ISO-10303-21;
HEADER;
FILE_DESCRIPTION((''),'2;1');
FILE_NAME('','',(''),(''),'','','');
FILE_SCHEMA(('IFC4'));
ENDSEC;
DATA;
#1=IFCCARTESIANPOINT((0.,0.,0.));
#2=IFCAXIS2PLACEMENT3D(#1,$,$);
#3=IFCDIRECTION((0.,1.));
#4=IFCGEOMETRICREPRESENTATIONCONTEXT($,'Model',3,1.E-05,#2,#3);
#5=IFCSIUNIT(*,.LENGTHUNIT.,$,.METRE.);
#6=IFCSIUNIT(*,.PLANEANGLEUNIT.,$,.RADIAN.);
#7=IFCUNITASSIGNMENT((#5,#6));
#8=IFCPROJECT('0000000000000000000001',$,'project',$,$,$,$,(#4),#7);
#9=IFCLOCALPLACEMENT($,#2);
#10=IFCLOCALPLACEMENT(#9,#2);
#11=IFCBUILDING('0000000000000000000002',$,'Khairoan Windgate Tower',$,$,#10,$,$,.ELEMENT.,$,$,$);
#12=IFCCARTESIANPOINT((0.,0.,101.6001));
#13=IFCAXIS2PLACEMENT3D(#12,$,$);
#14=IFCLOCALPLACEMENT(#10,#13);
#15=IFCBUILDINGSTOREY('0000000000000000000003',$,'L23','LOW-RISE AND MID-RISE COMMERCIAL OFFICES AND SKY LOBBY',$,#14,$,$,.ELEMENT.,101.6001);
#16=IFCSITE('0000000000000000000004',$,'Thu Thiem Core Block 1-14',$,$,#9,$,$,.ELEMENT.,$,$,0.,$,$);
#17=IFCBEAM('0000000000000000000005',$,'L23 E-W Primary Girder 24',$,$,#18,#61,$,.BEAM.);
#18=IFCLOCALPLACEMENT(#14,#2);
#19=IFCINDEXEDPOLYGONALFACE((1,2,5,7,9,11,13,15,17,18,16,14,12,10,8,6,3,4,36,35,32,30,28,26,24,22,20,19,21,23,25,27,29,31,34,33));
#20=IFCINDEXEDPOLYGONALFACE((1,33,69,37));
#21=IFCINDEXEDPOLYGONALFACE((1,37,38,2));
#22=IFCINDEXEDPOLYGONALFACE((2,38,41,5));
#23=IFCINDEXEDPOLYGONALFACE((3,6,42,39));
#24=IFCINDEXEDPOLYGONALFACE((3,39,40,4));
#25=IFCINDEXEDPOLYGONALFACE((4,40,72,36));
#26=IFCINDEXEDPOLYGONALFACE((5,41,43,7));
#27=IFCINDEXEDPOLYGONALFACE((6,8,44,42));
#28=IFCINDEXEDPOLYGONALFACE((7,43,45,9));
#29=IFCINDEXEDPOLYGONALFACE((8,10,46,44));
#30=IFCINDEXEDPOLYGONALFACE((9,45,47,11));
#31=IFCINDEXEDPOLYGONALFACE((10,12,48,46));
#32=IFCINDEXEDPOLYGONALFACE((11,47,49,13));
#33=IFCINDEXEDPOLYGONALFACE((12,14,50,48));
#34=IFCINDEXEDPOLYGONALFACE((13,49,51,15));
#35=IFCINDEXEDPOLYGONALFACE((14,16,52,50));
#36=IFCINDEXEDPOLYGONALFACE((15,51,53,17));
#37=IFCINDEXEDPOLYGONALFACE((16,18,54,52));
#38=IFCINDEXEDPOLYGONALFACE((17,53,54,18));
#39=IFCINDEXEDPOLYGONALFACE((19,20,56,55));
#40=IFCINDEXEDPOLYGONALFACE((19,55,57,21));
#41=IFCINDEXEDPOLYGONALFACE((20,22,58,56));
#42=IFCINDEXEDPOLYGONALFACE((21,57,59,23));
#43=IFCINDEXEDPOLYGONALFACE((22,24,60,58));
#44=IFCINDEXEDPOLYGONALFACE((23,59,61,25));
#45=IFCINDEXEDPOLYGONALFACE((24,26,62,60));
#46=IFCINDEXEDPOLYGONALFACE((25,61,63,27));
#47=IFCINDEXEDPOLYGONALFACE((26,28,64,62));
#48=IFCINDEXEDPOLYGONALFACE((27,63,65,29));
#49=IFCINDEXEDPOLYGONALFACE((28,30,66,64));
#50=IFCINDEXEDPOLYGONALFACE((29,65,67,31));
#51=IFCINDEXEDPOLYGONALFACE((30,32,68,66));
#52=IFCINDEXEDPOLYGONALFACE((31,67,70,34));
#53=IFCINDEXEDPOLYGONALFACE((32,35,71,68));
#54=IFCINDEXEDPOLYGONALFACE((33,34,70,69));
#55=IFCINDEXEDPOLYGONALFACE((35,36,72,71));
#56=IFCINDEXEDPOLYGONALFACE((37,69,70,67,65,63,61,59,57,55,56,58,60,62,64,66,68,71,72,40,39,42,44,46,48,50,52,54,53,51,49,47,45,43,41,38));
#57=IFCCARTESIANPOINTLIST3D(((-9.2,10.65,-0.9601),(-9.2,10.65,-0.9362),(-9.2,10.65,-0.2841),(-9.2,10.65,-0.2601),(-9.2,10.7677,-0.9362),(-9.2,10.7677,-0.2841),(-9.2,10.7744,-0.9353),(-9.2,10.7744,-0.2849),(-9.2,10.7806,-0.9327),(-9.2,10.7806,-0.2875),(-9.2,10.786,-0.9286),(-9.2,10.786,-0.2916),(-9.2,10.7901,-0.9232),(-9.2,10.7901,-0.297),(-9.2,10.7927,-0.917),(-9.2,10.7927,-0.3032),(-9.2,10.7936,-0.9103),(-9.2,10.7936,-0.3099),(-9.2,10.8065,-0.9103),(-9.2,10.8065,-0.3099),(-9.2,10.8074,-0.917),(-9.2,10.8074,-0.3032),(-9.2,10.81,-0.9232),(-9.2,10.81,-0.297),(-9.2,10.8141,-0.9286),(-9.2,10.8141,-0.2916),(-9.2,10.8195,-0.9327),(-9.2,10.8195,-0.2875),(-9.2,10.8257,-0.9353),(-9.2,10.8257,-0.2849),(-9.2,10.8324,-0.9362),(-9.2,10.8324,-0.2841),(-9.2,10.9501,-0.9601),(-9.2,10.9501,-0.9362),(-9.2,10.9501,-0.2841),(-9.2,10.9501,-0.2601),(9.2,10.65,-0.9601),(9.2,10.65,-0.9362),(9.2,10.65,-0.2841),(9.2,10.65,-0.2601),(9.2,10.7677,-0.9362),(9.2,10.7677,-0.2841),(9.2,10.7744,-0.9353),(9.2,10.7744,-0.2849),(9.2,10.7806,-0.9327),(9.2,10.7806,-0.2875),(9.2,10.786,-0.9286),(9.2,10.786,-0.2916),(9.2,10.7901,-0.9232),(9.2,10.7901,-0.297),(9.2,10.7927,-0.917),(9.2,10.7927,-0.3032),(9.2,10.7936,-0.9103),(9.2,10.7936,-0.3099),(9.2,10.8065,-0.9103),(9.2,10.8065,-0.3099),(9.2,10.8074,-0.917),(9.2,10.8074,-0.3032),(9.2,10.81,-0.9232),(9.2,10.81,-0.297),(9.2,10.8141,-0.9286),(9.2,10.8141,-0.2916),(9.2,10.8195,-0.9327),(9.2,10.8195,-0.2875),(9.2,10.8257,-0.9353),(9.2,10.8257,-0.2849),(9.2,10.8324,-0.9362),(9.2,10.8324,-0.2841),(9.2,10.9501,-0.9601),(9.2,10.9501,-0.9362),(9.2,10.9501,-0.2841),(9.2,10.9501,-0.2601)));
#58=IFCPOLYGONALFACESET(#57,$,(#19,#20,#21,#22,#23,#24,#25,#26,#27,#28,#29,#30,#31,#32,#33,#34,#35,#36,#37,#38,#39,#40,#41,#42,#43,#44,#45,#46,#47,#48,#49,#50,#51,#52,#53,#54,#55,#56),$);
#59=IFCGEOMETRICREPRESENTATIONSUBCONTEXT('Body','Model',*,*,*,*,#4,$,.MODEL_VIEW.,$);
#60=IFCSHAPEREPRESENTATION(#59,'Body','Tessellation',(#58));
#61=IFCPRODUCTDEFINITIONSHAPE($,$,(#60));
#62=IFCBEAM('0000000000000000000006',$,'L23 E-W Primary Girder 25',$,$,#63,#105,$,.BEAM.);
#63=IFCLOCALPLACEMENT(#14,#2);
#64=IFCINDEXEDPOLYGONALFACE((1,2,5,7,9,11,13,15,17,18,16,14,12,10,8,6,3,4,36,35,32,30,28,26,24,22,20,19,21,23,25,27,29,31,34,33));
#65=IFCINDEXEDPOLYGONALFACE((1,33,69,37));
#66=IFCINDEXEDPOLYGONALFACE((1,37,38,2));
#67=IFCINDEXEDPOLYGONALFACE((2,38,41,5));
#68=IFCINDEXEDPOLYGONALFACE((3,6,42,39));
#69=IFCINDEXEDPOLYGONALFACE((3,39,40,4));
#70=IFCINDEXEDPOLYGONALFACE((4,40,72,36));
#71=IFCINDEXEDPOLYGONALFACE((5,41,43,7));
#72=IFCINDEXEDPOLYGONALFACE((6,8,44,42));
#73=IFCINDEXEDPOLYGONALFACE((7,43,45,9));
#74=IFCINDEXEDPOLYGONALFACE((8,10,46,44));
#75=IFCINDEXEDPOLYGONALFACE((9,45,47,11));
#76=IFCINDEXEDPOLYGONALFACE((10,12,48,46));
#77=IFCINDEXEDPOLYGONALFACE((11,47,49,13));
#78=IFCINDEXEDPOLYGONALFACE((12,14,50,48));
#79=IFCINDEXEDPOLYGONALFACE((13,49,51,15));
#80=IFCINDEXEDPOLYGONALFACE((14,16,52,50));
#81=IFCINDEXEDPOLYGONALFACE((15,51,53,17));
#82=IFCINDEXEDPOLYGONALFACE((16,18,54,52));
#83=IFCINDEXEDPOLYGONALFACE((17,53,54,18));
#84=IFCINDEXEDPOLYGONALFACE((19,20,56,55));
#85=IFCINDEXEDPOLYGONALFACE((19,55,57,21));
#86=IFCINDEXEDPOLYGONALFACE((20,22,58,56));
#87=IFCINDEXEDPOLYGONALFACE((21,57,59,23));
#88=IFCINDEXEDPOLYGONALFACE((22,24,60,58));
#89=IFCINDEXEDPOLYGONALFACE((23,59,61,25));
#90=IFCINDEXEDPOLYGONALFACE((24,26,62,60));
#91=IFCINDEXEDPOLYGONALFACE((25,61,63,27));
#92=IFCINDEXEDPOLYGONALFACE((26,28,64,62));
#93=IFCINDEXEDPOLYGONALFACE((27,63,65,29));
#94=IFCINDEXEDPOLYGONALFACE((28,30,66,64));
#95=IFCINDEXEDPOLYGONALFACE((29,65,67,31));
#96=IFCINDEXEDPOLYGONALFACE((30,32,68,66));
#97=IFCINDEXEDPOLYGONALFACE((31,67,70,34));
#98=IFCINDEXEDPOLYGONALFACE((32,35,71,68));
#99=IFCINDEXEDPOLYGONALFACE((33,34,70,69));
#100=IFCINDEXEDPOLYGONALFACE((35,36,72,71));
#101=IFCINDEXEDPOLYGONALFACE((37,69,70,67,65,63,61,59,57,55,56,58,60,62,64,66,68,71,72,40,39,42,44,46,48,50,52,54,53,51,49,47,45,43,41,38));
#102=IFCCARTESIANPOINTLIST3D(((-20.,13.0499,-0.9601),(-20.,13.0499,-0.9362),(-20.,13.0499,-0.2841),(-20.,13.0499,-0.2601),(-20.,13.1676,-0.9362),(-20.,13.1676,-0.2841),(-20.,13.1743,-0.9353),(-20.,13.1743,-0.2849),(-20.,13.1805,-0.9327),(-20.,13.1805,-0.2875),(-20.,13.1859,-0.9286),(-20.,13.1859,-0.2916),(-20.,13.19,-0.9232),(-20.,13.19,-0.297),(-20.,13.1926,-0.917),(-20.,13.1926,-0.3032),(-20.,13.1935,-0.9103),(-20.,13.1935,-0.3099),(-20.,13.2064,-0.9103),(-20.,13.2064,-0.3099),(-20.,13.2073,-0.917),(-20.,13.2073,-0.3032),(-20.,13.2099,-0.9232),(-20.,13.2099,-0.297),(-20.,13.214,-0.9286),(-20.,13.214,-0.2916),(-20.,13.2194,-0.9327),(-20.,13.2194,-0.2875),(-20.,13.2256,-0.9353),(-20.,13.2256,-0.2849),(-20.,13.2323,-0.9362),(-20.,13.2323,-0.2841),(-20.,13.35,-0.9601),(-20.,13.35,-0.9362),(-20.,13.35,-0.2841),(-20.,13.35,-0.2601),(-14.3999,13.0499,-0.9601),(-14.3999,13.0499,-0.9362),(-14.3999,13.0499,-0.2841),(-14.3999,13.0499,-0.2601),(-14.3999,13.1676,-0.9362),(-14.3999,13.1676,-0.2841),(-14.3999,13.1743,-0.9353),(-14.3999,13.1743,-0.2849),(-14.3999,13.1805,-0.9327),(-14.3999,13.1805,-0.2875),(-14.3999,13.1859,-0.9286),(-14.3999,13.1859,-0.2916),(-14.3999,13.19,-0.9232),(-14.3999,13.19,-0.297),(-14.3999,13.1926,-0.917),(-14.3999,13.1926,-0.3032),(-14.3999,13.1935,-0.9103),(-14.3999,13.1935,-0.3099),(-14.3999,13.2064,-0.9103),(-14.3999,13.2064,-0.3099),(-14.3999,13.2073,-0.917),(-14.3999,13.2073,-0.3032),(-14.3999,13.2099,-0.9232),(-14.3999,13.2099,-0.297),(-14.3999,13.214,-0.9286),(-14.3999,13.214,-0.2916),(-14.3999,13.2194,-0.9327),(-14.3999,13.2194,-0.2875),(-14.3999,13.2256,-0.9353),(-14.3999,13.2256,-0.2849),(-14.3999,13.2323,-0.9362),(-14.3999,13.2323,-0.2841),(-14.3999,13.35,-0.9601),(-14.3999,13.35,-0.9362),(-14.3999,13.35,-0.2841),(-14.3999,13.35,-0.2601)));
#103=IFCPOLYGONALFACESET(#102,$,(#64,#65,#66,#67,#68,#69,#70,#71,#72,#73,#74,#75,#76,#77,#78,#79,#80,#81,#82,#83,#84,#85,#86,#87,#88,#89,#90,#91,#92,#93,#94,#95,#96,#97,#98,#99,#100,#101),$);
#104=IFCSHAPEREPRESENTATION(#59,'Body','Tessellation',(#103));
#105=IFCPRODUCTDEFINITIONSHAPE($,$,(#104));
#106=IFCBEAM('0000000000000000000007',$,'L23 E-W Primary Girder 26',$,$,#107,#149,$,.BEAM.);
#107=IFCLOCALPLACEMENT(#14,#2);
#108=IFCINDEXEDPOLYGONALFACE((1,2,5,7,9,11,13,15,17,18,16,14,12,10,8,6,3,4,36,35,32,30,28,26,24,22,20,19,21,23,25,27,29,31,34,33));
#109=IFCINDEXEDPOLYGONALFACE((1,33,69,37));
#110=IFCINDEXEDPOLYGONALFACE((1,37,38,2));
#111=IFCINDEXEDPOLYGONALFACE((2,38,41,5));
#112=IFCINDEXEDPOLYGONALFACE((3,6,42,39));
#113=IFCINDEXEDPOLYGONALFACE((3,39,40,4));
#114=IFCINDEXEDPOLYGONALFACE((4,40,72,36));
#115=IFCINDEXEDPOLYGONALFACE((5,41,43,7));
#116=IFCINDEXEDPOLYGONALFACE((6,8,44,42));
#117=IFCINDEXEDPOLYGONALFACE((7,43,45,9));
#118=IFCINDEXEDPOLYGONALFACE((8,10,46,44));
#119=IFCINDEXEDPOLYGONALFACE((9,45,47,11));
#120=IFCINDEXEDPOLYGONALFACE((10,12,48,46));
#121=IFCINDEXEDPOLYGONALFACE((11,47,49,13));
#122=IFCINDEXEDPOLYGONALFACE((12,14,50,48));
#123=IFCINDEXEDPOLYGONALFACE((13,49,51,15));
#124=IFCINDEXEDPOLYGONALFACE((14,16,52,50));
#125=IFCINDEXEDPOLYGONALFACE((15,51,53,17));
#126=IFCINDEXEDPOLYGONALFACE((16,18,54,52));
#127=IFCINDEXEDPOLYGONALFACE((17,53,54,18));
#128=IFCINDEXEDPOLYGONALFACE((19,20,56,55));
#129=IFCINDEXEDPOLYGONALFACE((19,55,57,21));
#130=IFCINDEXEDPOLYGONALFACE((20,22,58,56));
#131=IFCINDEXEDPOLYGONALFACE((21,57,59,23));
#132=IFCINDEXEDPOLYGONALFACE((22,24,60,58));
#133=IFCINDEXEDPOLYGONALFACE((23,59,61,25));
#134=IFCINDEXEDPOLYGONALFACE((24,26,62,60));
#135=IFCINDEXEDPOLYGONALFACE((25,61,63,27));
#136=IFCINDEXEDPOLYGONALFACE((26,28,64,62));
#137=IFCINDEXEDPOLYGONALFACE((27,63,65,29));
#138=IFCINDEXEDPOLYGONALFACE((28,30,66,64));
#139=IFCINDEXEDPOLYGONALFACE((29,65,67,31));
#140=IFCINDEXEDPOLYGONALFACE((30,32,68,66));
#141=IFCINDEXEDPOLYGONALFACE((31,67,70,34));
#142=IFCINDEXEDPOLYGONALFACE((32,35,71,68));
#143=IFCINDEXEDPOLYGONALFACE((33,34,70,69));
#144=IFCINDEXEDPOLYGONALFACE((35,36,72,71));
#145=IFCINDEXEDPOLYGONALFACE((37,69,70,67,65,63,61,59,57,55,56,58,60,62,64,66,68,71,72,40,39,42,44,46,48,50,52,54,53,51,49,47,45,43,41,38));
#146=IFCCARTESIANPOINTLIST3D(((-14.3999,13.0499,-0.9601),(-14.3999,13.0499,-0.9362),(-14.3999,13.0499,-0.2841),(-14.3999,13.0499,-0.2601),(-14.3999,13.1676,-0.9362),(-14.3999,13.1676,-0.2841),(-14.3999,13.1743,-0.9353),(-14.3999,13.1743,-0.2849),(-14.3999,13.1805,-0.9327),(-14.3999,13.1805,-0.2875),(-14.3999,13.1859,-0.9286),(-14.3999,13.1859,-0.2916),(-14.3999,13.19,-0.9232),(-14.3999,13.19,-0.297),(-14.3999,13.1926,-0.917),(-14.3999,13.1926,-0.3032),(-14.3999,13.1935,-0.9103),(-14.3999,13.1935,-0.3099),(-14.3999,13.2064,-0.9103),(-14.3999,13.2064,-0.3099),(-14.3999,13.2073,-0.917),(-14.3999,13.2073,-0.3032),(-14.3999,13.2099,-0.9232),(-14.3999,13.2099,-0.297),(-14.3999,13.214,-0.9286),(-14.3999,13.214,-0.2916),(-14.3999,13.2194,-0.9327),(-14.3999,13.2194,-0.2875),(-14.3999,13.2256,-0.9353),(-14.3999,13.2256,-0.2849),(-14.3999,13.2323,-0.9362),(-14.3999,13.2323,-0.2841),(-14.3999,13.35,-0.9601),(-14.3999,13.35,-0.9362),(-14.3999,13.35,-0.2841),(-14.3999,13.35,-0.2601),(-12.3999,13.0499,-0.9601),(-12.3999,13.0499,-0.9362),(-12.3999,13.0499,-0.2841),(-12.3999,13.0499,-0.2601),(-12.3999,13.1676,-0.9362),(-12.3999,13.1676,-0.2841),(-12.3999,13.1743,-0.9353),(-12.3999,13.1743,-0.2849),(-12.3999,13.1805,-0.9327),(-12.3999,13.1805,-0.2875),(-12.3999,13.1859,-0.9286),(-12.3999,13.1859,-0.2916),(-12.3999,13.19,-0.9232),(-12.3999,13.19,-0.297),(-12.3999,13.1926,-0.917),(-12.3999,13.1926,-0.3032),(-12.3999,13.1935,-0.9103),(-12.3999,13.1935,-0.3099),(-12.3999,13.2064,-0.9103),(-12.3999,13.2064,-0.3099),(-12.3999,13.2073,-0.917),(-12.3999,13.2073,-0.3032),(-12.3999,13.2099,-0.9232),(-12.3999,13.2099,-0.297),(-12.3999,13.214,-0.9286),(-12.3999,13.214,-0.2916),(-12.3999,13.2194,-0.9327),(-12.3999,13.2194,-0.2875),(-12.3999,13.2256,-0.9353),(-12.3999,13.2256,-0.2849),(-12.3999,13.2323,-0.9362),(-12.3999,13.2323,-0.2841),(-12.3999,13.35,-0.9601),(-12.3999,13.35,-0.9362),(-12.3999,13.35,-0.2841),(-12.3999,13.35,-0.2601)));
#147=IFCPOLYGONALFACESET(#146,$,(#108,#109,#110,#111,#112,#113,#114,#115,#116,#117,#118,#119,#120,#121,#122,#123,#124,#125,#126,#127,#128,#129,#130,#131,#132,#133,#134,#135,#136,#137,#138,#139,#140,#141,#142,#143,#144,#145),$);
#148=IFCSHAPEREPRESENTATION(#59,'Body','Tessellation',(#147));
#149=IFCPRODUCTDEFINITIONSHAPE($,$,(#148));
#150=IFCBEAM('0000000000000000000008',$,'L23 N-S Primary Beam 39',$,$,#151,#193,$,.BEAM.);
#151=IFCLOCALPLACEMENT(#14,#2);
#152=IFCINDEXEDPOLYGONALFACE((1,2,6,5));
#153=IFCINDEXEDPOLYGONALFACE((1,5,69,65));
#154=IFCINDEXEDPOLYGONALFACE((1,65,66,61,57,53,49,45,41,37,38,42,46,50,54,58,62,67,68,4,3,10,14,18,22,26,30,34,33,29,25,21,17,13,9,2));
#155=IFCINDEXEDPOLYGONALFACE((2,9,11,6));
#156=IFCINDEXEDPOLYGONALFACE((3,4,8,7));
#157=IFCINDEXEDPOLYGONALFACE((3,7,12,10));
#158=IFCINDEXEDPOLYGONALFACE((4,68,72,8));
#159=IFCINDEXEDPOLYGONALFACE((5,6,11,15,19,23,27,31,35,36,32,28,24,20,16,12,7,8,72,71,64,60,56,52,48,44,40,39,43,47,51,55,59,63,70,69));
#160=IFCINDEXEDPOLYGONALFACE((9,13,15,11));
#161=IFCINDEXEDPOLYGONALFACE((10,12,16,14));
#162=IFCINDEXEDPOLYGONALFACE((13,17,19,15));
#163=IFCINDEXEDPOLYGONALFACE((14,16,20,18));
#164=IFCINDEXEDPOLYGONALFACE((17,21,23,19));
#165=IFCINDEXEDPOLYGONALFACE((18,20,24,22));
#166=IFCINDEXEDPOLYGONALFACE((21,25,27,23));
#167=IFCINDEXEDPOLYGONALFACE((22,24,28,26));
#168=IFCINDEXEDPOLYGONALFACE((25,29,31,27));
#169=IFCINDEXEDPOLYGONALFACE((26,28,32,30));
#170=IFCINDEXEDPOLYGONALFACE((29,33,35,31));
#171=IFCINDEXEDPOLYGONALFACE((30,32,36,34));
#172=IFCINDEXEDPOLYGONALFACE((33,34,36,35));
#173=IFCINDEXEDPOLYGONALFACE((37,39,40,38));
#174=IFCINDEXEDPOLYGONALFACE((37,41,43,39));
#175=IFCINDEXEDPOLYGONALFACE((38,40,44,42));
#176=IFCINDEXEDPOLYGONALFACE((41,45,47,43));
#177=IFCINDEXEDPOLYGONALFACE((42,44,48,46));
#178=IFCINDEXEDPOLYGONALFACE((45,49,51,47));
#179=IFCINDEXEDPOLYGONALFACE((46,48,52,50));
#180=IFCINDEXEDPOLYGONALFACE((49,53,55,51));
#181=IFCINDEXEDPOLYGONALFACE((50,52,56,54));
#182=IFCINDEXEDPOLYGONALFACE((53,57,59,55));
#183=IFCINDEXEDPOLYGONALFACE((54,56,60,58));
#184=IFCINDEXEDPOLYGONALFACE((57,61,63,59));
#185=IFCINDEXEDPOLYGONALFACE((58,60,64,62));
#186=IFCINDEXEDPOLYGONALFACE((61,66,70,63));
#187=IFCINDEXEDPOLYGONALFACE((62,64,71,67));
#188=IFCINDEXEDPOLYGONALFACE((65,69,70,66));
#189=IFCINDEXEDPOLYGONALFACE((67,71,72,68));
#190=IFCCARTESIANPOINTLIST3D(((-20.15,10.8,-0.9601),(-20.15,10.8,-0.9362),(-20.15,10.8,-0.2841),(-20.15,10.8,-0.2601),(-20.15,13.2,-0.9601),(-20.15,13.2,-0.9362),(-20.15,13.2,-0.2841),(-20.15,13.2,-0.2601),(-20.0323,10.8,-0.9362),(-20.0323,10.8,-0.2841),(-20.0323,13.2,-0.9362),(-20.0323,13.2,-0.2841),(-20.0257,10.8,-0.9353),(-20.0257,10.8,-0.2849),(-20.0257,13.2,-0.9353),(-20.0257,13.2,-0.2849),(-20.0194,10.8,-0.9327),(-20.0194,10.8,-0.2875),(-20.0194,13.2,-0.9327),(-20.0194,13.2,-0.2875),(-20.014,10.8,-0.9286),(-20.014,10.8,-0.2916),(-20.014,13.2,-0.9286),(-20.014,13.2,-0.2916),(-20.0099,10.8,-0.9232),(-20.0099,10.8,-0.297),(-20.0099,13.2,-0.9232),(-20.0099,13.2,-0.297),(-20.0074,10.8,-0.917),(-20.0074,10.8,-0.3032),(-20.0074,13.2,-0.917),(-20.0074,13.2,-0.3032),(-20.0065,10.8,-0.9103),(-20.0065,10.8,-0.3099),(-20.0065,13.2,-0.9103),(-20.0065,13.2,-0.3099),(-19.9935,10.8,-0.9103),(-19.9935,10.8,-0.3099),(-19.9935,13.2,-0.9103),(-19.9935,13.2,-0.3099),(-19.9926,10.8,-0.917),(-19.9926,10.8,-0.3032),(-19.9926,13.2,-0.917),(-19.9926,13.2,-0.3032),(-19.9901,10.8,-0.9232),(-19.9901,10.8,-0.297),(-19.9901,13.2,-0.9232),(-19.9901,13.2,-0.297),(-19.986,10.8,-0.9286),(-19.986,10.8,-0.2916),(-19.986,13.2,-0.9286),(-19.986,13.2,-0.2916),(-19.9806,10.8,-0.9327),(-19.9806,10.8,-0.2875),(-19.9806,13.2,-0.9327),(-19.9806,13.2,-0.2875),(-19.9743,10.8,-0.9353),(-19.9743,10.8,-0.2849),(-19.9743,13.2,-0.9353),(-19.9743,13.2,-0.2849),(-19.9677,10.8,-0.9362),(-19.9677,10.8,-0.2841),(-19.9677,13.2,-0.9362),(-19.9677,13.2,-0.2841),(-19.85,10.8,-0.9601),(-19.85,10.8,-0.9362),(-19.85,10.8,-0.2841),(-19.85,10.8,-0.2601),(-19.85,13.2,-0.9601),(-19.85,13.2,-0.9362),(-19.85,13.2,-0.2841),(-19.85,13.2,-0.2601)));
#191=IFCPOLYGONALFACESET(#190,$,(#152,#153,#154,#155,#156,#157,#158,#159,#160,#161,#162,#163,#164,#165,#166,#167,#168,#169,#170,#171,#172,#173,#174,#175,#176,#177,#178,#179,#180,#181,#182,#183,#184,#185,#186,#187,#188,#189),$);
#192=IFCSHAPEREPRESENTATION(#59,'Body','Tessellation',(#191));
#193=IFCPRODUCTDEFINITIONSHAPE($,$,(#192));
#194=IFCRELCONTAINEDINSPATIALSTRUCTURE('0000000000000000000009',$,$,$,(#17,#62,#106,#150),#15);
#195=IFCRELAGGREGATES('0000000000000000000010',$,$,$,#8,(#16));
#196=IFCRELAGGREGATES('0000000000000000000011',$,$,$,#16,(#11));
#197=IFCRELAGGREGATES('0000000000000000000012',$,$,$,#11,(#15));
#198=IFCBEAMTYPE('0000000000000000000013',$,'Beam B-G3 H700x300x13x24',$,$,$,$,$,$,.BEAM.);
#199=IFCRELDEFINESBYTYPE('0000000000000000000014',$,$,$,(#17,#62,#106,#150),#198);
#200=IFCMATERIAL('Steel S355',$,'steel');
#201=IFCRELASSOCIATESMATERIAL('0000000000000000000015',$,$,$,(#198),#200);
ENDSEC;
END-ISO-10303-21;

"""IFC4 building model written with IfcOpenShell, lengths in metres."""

from ifc_helpers import new_model, si_unit, direction, frame, origin, origin_2d, place, context, subcontext, project, spatial, i_section, extrude, material, material_profile, profile_set, type_object, element, save


model = new_model("IFC4")

# Units and contexts
model_context = context("Model", 3, precision=1e-05, world=origin(), true_north=direction((0.0, 1.0)))
body_context = subcontext(model_context, "Body", "Model", "MODEL_VIEW")
ifc_project = project(units=[si_unit("LENGTHUNIT", "METRE"), si_unit("PLANEANGLEUNIT", "RADIAN")], contexts=[model_context])

# Site, building, storey
site_placement = place(None, origin())
site = spatial("IfcSite", under=ifc_project, at=site_placement, Name="Thu Thiem Core Block 1-14", CompositionType="ELEMENT", RefElevation=0.0)
building_placement = place(site_placement, origin())
building = spatial("IfcBuilding", under=site, at=building_placement, Name="Khairoan Windgate Tower", CompositionType="ELEMENT")
storey_placement = place(building_placement, frame((0.0, 0.0, 101.6001)))
storey = spatial("IfcBuildingStorey", under=building, at=storey_placement, Name="L23", Description="LOW-RISE AND MID-RISE COMMERCIAL OFFICES AND SKY LOBBY", CompositionType="ELEMENT", Elevation=101.6001)

# Beams
ifc_material_1 = material(Name="Steel S355", Category="steel")
ifc_material_profile_1 = material_profile(ifc_material_1, i_section(OverallWidth=0.3, OverallDepth=0.7, WebThickness=0.0129, FlangeThickness=0.0239, FilletRadius=0.0259, at=origin_2d()))
ifc_profile_set_1 = profile_set([ifc_material_profile_1], Name="Steel S355")
beam_type = type_object("IfcBeamType", Name="Beam B-G3 H700x300x13x24", PredefinedType="BEAM", material=ifc_profile_set_1)
beam_1_placement = place(storey_placement, frame((-9.2, 10.8, -0.6101), z_axis=(1.0, 0.0, 0.0), x_axis=(0.0, 1.0, 0.0)))
element("IfcBeam", 1, at=beam_1_placement, inside=storey, type_object=beam_type, Name="L23 E-W Primary Girder 24", PredefinedType="BEAM", context=body_context, shape_type="SweptSolid", body=[
    extrude(i_section(OverallWidth=0.3, OverallDepth=0.7, WebThickness=0.0129, FlangeThickness=0.0239, FilletRadius=0.0259, at=origin_2d()), origin(), (0.0, 0.0, 1.0), 18.3999),
])
beam_2_placement = place(storey_placement, frame((-20.0, 13.2, -0.6101), z_axis=(1.0, 0.0, 0.0), x_axis=(0.0, 1.0, 0.0)))
element("IfcBeam", 2, at=beam_2_placement, inside=storey, type_object=beam_type, Name="L23 E-W Primary Girder 25", PredefinedType="BEAM", context=body_context, shape_type="SweptSolid", body=[
    extrude(i_section(OverallWidth=0.3, OverallDepth=0.7, WebThickness=0.0129, FlangeThickness=0.0239, FilletRadius=0.0259, at=origin_2d()), origin(), (0.0, 0.0, 1.0), 5.6001),
])
beam_3_placement = place(storey_placement, frame((-14.3999, 13.2, -0.6101), z_axis=(1.0, 0.0, 0.0), x_axis=(0.0, 1.0, 0.0)))
element("IfcBeam", 3, at=beam_3_placement, inside=storey, type_object=beam_type, Name="L23 E-W Primary Girder 26", PredefinedType="BEAM", context=body_context, shape_type="SweptSolid", body=[
    extrude(i_section(OverallWidth=0.3, OverallDepth=0.7, WebThickness=0.0129, FlangeThickness=0.0239, FilletRadius=0.0259, at=origin_2d()), origin(), (0.0, 0.0, 1.0), 2.0),
])
beam_4_placement = place(storey_placement, frame((-20.0, 10.8, -0.6101), z_axis=(0.0, 1.0, 0.0), x_axis=(-1.0, 0.0, 0.0)))
element("IfcBeam", 4, at=beam_4_placement, inside=storey, type_object=beam_type, Name="L23 N-S Primary Beam 39", PredefinedType="BEAM", context=body_context, shape_type="SweptSolid", body=[
    extrude(i_section(OverallWidth=0.3, OverallDepth=0.7, WebThickness=0.0129, FlangeThickness=0.0239, FilletRadius=0.0259, at=origin_2d()), origin(), (0.0, 0.0, 1.0), 2.3999),
])

save(model, "model.ifc")
